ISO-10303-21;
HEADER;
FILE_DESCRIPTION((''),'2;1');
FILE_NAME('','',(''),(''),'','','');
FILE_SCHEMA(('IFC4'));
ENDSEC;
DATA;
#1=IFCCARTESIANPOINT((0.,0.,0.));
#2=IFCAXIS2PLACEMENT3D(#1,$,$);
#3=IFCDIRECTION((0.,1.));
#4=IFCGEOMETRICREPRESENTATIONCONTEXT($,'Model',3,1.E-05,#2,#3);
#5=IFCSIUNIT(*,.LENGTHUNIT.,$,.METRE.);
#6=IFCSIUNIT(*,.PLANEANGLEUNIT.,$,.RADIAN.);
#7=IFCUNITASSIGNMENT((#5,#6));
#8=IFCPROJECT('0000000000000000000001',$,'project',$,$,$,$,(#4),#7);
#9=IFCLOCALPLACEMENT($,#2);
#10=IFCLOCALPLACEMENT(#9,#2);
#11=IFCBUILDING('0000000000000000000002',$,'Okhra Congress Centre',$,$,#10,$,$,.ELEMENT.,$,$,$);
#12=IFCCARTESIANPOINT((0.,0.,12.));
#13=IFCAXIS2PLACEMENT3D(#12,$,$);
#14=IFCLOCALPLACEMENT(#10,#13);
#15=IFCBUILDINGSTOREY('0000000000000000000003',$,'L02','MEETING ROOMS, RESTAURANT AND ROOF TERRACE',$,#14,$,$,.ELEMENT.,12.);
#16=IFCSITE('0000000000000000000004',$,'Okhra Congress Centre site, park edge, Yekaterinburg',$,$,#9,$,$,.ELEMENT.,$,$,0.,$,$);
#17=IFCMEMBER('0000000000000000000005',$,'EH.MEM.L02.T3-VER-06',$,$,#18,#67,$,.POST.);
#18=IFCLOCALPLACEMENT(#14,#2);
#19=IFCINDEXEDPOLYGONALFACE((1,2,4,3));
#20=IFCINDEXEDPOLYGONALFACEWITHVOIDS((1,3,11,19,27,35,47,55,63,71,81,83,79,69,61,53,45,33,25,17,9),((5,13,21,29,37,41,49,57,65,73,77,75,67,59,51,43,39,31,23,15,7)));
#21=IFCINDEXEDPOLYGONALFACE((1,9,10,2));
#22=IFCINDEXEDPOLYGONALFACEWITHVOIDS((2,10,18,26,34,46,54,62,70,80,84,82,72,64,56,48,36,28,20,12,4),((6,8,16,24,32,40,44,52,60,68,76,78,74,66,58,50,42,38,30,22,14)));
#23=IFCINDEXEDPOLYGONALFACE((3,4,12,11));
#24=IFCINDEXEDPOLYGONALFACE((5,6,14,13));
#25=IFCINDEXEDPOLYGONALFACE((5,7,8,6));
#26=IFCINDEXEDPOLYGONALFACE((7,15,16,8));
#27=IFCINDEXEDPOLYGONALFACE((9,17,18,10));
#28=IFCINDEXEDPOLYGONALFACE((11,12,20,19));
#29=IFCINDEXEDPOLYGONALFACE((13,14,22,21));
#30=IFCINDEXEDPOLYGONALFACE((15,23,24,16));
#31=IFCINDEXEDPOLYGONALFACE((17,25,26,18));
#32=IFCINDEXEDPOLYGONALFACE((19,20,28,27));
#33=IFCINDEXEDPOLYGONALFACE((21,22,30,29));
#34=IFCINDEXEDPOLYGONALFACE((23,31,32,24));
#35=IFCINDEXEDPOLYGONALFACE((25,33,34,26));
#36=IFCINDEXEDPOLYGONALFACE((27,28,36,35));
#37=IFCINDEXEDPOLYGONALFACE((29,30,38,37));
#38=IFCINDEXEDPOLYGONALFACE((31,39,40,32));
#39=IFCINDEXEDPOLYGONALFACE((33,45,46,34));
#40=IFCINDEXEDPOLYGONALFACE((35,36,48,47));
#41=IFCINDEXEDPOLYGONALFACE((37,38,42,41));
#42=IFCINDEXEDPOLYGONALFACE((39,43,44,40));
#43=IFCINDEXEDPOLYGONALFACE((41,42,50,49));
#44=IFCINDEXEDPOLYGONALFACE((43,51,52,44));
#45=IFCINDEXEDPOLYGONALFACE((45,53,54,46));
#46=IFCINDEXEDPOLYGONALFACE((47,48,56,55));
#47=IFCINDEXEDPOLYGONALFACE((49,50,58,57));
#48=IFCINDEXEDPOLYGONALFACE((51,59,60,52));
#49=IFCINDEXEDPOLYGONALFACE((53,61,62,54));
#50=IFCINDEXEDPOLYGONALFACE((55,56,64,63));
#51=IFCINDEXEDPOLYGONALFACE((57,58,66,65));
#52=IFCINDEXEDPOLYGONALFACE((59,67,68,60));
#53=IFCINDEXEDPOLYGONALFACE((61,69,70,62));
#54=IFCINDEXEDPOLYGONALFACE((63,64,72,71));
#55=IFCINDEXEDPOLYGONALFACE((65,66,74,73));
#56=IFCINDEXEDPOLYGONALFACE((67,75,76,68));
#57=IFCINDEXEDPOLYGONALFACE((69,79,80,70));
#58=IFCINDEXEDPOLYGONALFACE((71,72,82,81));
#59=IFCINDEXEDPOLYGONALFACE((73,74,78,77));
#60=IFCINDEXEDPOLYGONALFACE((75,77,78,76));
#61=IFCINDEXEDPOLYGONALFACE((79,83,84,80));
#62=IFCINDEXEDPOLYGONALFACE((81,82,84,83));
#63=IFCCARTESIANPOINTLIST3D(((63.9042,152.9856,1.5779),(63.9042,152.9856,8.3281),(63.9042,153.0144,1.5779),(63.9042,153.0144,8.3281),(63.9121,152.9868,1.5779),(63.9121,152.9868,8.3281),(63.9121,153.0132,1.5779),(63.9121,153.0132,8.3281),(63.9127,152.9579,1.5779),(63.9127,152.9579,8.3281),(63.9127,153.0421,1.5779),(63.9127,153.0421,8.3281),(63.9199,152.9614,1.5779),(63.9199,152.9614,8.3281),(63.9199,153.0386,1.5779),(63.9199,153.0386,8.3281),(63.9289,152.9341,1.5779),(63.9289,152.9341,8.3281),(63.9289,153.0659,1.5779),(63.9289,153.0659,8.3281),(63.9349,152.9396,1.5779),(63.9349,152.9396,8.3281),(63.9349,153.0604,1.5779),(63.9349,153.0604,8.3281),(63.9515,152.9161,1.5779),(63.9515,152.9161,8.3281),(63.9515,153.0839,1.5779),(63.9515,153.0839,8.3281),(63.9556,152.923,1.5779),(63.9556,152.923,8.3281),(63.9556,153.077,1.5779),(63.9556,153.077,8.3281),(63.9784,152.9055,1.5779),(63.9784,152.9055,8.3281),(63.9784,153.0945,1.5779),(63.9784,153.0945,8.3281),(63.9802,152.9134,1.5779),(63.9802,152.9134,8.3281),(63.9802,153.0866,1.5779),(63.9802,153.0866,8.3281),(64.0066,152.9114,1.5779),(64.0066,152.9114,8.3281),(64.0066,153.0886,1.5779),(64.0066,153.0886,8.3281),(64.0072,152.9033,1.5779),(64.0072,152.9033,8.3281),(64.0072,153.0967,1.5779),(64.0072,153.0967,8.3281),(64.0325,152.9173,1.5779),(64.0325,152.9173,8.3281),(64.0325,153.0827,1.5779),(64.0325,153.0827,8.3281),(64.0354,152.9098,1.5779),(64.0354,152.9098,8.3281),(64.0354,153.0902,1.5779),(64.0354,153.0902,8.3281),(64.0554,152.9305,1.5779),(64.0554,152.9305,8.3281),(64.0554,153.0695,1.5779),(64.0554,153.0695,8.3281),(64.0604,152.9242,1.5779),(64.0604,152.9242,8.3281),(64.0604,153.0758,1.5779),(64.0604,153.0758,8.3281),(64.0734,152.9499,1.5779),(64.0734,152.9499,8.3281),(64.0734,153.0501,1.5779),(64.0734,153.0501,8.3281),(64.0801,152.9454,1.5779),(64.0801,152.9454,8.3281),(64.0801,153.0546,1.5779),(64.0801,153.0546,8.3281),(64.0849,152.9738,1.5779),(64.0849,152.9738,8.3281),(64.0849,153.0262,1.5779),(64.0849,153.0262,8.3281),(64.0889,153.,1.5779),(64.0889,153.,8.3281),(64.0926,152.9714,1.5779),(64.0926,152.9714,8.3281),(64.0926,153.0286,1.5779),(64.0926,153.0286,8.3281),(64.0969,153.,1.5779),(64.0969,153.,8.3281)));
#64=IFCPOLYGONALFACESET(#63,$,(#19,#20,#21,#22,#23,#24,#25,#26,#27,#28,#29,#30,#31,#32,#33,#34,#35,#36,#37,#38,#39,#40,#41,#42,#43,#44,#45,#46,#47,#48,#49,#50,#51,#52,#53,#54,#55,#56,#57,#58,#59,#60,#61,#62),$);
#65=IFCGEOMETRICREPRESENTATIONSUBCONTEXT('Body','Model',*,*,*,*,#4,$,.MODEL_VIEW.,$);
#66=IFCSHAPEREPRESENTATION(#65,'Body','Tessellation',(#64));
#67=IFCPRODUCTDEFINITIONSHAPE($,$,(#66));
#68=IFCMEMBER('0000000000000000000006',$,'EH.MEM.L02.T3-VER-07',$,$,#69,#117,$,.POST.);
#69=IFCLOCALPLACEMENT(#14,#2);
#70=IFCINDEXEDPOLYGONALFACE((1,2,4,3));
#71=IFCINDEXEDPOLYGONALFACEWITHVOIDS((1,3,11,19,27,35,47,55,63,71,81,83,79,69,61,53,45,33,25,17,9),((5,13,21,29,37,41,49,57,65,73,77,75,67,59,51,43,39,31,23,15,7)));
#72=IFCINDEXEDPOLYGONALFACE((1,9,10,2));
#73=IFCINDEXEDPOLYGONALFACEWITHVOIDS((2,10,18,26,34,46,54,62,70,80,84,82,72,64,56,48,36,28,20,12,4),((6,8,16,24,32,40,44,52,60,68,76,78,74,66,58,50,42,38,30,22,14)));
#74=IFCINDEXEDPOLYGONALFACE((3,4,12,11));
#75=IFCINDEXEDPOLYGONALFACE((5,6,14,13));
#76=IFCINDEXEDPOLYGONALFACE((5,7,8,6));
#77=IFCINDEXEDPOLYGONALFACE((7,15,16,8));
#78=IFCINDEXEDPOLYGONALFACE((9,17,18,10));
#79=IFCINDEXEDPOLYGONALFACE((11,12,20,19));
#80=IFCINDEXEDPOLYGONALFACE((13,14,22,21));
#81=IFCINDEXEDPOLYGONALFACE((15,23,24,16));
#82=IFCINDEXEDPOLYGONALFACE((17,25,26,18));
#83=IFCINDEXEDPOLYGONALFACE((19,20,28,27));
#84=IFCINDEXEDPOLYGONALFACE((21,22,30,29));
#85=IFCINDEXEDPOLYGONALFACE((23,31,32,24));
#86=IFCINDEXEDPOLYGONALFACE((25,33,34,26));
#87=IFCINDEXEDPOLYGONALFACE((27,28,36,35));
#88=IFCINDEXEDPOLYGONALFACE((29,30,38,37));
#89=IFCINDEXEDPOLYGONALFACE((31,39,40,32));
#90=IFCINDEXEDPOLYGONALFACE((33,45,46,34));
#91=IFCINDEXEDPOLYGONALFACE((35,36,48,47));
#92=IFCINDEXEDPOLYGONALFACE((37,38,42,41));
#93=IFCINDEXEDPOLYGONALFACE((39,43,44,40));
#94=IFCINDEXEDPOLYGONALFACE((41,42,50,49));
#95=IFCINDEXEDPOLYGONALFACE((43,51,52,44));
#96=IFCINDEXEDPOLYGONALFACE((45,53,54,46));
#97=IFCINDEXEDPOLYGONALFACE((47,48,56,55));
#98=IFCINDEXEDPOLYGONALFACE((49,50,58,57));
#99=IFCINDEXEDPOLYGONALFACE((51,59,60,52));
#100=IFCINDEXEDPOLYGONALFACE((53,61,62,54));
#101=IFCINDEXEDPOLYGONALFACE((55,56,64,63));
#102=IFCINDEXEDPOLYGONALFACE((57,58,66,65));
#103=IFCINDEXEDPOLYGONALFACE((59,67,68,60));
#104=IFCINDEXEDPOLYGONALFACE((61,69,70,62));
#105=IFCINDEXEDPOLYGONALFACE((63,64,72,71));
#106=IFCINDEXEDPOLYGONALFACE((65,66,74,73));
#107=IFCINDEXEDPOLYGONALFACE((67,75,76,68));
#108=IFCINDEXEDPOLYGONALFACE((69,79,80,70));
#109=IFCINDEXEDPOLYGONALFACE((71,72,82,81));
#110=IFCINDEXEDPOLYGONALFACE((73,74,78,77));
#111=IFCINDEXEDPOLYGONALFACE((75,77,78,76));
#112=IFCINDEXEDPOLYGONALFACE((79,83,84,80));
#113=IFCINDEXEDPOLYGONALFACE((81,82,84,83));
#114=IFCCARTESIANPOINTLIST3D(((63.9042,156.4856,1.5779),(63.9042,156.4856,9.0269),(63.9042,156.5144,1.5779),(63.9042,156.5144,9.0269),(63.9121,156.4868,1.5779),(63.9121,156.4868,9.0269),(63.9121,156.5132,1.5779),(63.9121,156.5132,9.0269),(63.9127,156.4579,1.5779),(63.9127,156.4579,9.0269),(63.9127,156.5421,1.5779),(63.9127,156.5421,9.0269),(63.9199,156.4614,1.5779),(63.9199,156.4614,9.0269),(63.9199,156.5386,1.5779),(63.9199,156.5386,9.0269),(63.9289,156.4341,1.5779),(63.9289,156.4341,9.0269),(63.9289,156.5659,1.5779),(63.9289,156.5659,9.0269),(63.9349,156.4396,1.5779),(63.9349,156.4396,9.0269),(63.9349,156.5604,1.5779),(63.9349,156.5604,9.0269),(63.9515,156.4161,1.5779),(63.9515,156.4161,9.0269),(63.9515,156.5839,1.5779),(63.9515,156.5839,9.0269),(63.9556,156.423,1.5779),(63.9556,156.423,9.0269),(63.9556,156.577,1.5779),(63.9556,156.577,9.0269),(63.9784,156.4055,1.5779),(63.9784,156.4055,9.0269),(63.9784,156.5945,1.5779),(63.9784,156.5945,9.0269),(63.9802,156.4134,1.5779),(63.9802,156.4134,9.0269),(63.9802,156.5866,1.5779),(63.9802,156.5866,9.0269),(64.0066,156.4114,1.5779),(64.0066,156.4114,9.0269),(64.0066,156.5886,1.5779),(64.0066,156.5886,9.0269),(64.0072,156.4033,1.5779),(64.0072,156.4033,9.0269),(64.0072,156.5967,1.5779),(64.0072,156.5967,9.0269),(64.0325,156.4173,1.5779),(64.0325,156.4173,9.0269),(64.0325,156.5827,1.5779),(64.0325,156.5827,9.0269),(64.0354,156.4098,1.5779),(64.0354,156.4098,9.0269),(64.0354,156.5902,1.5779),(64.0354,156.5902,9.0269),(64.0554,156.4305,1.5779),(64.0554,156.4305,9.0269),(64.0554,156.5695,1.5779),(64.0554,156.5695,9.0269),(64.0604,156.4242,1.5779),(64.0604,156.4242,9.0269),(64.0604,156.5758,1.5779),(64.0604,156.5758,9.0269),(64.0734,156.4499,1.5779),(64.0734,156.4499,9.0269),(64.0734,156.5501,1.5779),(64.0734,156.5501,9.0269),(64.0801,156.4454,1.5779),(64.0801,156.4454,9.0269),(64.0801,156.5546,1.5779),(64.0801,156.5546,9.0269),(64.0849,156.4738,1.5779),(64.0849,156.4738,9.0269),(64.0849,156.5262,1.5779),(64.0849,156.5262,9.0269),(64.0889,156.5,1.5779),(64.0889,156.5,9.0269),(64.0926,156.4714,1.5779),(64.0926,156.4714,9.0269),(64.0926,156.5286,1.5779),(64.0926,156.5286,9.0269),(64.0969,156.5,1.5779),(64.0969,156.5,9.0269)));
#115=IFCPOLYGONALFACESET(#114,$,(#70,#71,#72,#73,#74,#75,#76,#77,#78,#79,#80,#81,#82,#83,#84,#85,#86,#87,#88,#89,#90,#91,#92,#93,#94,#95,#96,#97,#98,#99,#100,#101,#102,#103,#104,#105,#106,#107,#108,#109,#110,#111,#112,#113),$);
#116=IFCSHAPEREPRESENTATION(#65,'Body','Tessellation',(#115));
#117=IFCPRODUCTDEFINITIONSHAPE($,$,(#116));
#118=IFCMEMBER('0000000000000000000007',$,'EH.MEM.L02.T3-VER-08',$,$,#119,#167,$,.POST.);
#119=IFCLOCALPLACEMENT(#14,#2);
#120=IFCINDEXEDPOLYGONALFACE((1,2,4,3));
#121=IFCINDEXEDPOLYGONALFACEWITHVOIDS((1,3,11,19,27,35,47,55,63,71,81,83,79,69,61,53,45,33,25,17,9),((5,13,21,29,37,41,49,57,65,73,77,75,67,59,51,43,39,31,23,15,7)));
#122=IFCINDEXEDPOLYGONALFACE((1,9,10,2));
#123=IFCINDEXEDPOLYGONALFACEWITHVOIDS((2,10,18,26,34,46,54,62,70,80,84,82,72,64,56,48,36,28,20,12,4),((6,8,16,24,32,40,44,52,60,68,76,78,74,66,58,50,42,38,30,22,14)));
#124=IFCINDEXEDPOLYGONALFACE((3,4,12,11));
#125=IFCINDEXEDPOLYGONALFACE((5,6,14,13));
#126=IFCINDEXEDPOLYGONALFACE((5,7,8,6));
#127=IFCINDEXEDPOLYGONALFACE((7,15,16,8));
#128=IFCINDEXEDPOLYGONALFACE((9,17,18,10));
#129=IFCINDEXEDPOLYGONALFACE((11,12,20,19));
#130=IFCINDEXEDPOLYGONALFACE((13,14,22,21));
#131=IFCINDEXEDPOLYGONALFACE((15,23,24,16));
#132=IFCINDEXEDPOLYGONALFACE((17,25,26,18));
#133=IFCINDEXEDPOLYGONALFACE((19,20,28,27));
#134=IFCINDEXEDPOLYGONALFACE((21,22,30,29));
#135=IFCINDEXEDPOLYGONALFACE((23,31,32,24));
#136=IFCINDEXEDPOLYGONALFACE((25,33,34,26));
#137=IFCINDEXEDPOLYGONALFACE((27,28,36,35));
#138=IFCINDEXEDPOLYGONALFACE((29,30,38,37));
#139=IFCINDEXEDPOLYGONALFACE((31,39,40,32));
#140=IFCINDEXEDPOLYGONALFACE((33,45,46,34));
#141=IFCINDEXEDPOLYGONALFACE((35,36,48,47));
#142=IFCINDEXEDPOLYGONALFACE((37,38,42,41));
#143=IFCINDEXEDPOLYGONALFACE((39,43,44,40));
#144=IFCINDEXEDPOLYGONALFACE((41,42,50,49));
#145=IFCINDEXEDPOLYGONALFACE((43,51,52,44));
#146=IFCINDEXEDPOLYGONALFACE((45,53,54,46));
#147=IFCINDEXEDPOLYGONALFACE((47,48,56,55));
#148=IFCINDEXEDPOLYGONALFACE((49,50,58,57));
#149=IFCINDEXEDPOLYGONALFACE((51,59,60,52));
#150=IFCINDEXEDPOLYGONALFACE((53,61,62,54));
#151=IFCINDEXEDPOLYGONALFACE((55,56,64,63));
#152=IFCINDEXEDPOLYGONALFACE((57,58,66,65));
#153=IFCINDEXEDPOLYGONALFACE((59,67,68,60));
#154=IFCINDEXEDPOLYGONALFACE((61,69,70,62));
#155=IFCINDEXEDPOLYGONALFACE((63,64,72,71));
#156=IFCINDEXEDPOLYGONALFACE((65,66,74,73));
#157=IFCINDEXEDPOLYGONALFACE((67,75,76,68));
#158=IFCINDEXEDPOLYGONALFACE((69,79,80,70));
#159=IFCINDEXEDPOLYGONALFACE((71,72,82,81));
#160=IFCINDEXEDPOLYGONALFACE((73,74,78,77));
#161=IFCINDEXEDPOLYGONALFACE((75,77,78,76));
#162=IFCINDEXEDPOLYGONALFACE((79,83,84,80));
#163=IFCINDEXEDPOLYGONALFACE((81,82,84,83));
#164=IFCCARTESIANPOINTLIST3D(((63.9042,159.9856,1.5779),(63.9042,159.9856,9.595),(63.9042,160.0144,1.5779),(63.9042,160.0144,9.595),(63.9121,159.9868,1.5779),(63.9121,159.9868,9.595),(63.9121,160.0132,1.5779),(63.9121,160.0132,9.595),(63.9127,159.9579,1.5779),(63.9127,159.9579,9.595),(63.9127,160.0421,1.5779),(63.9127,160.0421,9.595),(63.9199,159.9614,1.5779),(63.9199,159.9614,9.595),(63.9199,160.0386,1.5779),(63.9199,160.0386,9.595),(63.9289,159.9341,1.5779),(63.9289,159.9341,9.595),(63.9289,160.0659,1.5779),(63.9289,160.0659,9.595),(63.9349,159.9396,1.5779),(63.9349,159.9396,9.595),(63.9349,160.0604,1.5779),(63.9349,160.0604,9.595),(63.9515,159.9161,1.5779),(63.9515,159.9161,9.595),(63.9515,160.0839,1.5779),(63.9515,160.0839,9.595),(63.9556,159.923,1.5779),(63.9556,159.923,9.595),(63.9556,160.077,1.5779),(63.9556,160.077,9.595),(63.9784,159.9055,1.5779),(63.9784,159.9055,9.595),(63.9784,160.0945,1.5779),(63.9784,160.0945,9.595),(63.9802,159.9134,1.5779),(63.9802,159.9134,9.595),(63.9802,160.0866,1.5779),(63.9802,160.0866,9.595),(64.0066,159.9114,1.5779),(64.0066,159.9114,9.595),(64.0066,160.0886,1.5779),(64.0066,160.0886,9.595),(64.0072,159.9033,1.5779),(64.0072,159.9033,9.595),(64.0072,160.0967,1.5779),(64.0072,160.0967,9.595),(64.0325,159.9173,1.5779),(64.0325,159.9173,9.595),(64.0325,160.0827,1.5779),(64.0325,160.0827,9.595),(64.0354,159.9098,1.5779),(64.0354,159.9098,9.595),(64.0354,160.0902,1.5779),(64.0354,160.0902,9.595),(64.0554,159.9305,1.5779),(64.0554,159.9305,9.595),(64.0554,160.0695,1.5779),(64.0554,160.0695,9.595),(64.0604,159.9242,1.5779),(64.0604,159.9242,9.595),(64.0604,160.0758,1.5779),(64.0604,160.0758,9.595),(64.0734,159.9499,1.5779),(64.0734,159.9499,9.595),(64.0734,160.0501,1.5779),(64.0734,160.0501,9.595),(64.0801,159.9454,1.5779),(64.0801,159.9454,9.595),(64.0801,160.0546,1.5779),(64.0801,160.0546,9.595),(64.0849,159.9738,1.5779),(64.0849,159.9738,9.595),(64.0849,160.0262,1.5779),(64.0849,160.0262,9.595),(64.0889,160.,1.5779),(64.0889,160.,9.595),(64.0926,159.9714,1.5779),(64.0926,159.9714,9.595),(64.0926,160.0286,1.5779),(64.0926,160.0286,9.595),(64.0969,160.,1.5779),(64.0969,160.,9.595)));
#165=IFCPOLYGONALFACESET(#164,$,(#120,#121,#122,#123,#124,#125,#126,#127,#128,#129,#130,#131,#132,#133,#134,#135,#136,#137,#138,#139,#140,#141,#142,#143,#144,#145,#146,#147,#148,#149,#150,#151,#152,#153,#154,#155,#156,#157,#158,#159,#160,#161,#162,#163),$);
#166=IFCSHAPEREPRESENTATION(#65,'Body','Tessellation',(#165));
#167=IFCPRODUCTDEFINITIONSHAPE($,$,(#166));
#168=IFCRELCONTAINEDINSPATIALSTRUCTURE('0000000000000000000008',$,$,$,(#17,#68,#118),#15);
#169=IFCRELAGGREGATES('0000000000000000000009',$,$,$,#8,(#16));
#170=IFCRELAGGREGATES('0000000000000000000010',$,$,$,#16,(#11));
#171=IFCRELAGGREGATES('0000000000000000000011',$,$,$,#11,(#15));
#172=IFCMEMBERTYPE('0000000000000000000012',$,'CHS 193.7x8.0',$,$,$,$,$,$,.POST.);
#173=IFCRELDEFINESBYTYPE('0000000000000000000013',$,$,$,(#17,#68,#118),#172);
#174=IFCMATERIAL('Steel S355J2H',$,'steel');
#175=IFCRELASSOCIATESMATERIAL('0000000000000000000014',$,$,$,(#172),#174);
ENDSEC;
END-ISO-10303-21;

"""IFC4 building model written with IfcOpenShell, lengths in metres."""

from ifc_helpers import new_model, si_unit, direction, frame, origin, origin_2d, place, context, subcontext, project, spatial, hollow_circle, extrude, material, material_profile, profile_set, type_object, element, save


model = new_model("IFC4")

# Units and contexts
model_context = context("Model", 3, precision=1e-05, world=origin(), true_north=direction((0.0, 1.0)))
body_context = subcontext(model_context, "Body", "Model", "MODEL_VIEW")
ifc_project = project(units=[si_unit("LENGTHUNIT", "METRE"), si_unit("PLANEANGLEUNIT", "RADIAN")], contexts=[model_context])

# Site, building, storey
site_placement = place(None, origin())
site = spatial("IfcSite", under=ifc_project, at=site_placement, Name="Okhra Congress Centre site, park edge, Yekaterinburg", CompositionType="ELEMENT", RefElevation=0.0)
building_placement = place(site_placement, origin())
building = spatial("IfcBuilding", under=site, at=building_placement, Name="Okhra Congress Centre", CompositionType="ELEMENT")
storey_placement = place(building_placement, frame((0.0, 0.0, 12.0)))
storey = spatial("IfcBuildingStorey", under=building, at=storey_placement, Name="L02", Description="MEETING ROOMS, RESTAURANT AND ROOF TERRACE", CompositionType="ELEMENT", Elevation=12.0)

# Members
ifc_material_1 = material(Name="Steel S355J2H", Category="steel")
ifc_material_profile_1 = material_profile(ifc_material_1, hollow_circle(Radius=0.0969, WallThickness=0.0081, at=origin_2d()), Name="CHS 193.7x8.0")
ifc_profile_set_1 = profile_set([ifc_material_profile_1], Name="Steel S355J2H")
member_type_1 = type_object("IfcMemberType", Name="CHS 193.7x8.0", PredefinedType="POST", material=ifc_profile_set_1)
member_1_placement = place(storey_placement, frame((64.0, 153.0, 1.5779), z_axis=(0.0, 0.0, 1.0), x_axis=(1.0, 0.0, 0.0)))
element("IfcMember", 1, at=member_1_placement, inside=storey, type_object=member_type_1, Name="EH.MEM.L02.T3-VER-06", PredefinedType="POST", context=body_context, shape_type="SweptSolid", body=[
    extrude(hollow_circle(Radius=0.0969, WallThickness=0.0081, at=origin_2d()), origin(), (0.0, 0.0, 1.0), 6.7502),
])
member_2_placement = place(storey_placement, frame((64.0, 156.5, 1.5779), z_axis=(0.0, 0.0, 1.0), x_axis=(1.0, 0.0, 0.0)))
element("IfcMember", 2, at=member_2_placement, inside=storey, type_object=member_type_1, Name="EH.MEM.L02.T3-VER-07", PredefinedType="POST", context=body_context, shape_type="SweptSolid", body=[
    extrude(hollow_circle(Radius=0.0969, WallThickness=0.0081, at=origin_2d()), origin(), (0.0, 0.0, 1.0), 7.449),
])
member_3_placement = place(storey_placement, frame((64.0, 160.0, 1.5779), z_axis=(0.0, 0.0, 1.0), x_axis=(1.0, 0.0, 0.0)))
element("IfcMember", 3, at=member_3_placement, inside=storey, type_object=member_type_1, Name="EH.MEM.L02.T3-VER-08", PredefinedType="POST", context=body_context, shape_type="SweptSolid", body=[
    extrude(hollow_circle(Radius=0.0969, WallThickness=0.0081, at=origin_2d()), origin(), (0.0, 0.0, 1.0), 8.0171),
])

save(model, "model.ifc")
